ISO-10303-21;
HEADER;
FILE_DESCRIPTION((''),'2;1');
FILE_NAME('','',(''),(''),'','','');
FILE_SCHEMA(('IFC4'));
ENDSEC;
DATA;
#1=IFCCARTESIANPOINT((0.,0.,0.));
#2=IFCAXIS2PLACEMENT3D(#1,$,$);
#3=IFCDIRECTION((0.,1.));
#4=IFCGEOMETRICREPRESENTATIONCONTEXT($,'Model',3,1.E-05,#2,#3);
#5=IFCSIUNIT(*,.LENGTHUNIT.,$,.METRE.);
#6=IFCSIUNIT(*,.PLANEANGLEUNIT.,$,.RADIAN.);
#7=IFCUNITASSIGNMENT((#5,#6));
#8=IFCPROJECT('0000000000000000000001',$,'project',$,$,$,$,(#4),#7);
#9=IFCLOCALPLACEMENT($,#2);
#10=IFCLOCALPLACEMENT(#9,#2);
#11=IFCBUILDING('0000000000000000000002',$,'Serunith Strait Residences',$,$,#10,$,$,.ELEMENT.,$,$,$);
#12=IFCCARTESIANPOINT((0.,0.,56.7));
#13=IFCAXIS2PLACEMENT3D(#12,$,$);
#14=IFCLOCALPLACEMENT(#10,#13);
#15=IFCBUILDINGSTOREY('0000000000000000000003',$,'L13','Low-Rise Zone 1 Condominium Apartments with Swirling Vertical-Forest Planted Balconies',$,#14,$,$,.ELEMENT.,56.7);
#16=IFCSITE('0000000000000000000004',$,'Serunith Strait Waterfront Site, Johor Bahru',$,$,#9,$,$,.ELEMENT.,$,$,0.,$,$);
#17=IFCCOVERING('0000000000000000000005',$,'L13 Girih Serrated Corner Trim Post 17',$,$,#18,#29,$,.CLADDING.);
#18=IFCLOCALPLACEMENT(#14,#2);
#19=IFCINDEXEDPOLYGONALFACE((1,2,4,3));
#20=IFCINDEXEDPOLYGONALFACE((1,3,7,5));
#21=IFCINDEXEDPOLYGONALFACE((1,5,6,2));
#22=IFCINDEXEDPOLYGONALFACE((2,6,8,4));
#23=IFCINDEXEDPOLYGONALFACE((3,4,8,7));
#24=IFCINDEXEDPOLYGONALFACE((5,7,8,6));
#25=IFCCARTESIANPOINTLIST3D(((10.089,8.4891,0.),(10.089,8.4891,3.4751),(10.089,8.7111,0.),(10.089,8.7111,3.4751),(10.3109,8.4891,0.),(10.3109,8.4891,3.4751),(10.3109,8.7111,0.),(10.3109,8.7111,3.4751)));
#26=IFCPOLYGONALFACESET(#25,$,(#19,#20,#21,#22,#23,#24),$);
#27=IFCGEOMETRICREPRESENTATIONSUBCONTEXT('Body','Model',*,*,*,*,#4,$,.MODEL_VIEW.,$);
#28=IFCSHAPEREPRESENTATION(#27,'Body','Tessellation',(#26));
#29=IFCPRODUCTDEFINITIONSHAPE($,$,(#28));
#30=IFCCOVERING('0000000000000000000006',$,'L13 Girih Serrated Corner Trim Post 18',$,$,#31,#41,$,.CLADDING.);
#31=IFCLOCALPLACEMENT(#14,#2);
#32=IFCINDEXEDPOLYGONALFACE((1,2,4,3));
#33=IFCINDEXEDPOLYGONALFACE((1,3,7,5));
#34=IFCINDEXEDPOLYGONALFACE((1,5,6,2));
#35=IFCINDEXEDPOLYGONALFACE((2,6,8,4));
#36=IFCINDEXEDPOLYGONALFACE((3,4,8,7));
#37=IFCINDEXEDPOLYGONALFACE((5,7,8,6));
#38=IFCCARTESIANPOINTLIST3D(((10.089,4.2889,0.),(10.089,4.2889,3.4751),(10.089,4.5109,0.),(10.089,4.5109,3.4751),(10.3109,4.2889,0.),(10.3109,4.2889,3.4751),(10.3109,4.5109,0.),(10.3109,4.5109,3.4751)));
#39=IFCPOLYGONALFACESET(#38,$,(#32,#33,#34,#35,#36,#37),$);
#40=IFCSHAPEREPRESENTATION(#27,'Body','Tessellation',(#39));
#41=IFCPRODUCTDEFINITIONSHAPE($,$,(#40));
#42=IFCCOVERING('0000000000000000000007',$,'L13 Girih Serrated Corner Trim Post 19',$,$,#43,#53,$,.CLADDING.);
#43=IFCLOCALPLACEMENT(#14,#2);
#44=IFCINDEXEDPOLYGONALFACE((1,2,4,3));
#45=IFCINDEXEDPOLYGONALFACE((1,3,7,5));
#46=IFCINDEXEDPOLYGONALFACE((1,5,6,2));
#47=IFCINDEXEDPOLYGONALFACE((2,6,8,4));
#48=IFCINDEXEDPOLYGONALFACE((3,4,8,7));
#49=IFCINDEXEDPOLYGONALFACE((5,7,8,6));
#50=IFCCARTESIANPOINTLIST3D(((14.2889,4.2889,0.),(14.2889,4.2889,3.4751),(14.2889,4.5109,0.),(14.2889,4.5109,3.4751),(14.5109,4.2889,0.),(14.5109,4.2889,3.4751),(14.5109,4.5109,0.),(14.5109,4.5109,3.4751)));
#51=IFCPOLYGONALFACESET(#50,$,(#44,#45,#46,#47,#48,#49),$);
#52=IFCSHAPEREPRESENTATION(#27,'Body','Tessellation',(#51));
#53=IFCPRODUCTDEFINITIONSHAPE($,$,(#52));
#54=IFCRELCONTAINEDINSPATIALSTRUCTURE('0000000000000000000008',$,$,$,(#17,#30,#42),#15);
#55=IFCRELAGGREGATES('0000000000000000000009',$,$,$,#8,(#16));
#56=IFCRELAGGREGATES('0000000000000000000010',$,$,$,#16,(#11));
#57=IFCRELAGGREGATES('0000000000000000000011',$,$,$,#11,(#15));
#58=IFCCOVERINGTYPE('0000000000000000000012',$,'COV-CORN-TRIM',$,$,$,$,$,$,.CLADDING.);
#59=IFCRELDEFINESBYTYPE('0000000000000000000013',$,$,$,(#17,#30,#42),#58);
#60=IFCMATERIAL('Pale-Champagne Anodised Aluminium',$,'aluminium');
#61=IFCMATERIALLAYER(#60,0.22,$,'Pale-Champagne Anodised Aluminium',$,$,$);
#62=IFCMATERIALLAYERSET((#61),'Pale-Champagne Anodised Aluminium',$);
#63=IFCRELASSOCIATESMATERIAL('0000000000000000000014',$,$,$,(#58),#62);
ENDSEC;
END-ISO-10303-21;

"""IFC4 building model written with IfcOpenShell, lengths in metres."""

from ifc_helpers import new_model, si_unit, direction, frame, origin, origin_2d, place, context, subcontext, project, spatial, rectangle, extrude, source, transform, mapped, material, layer, layer_set, type_object, element, save


model = new_model("IFC4")

# Units and contexts
model_context = context("Model", 3, precision=1e-05, world=origin(), true_north=direction((0.0, 1.0)))
body_context = subcontext(model_context, "Body", "Model", "MODEL_VIEW")
ifc_project = project(units=[si_unit("LENGTHUNIT", "METRE"), si_unit("PLANEANGLEUNIT", "RADIAN")], contexts=[model_context])

# Site, building, storey
site_placement = place(None, origin())
site = spatial("IfcSite", under=ifc_project, at=site_placement, Name="Serunith Strait Waterfront Site, Johor Bahru", CompositionType="ELEMENT", RefElevation=0.0)
building_placement = place(site_placement, origin())
building = spatial("IfcBuilding", under=site, at=building_placement, Name="Serunith Strait Residences", CompositionType="ELEMENT")
storey_placement = place(building_placement, frame((0.0, 0.0, 56.7)))
storey = spatial("IfcBuildingStorey", under=building, at=storey_placement, Name="L13", Description="Low-Rise Zone 1 Condominium Apartments with Swirling Vertical-Forest Planted Balconies", CompositionType="ELEMENT", Elevation=56.7)

# Shared definitions
ifc_material_1 = material(Name="Pale-Champagne Anodised Aluminium", Category="aluminium")

# Coverings
ifc_layer_1 = layer(ifc_material_1, 0.22, Name="Pale-Champagne Anodised Aluminium")
ifc_layer_set_1 = layer_set([ifc_layer_1], Name="Pale-Champagne Anodised Aluminium")
covering_type_1 = type_object("IfcCoveringType", Name="COV-CORN-TRIM", PredefinedType="CLADDING", material=ifc_layer_set_1)
shared_shape_1 = source(origin(), body_context, "Body", "SweptSolid", [
    extrude(rectangle(XDim=0.2219, YDim=0.2219, at=origin_2d()), origin(), (0.0, 0.0, 1.0), 3.4751),
])
for number, where, z_axis, x_axis, name in (
    (1, (10.2, 8.6001, 0.0), (0.0, 0.0, 1.0), (1.0, 0.0, 0.0), "L13 Girih Serrated Corner Trim Post 17"),
    (2, (10.2, 4.3999, 0.0), (0.0, 0.0, 1.0), (1.0, 0.0, 0.0), "L13 Girih Serrated Corner Trim Post 18"),
    (3, (14.3999, 4.3999, 0.0), (0.0, 0.0, 1.0), (1.0, 0.0, 0.0), "L13 Girih Serrated Corner Trim Post 19"),
):
    element("IfcCovering", number, at=place(storey_placement, frame(where, z_axis=z_axis, x_axis=x_axis)), inside=storey, type_object=covering_type_1, Name=name, PredefinedType="CLADDING", context=body_context, shape_type="MappedRepresentation", body=[
        mapped(shared_shape_1, transform((0.0, 0.0, 0.0), scale=1.0)),
    ])

save(model, "model.ifc")
